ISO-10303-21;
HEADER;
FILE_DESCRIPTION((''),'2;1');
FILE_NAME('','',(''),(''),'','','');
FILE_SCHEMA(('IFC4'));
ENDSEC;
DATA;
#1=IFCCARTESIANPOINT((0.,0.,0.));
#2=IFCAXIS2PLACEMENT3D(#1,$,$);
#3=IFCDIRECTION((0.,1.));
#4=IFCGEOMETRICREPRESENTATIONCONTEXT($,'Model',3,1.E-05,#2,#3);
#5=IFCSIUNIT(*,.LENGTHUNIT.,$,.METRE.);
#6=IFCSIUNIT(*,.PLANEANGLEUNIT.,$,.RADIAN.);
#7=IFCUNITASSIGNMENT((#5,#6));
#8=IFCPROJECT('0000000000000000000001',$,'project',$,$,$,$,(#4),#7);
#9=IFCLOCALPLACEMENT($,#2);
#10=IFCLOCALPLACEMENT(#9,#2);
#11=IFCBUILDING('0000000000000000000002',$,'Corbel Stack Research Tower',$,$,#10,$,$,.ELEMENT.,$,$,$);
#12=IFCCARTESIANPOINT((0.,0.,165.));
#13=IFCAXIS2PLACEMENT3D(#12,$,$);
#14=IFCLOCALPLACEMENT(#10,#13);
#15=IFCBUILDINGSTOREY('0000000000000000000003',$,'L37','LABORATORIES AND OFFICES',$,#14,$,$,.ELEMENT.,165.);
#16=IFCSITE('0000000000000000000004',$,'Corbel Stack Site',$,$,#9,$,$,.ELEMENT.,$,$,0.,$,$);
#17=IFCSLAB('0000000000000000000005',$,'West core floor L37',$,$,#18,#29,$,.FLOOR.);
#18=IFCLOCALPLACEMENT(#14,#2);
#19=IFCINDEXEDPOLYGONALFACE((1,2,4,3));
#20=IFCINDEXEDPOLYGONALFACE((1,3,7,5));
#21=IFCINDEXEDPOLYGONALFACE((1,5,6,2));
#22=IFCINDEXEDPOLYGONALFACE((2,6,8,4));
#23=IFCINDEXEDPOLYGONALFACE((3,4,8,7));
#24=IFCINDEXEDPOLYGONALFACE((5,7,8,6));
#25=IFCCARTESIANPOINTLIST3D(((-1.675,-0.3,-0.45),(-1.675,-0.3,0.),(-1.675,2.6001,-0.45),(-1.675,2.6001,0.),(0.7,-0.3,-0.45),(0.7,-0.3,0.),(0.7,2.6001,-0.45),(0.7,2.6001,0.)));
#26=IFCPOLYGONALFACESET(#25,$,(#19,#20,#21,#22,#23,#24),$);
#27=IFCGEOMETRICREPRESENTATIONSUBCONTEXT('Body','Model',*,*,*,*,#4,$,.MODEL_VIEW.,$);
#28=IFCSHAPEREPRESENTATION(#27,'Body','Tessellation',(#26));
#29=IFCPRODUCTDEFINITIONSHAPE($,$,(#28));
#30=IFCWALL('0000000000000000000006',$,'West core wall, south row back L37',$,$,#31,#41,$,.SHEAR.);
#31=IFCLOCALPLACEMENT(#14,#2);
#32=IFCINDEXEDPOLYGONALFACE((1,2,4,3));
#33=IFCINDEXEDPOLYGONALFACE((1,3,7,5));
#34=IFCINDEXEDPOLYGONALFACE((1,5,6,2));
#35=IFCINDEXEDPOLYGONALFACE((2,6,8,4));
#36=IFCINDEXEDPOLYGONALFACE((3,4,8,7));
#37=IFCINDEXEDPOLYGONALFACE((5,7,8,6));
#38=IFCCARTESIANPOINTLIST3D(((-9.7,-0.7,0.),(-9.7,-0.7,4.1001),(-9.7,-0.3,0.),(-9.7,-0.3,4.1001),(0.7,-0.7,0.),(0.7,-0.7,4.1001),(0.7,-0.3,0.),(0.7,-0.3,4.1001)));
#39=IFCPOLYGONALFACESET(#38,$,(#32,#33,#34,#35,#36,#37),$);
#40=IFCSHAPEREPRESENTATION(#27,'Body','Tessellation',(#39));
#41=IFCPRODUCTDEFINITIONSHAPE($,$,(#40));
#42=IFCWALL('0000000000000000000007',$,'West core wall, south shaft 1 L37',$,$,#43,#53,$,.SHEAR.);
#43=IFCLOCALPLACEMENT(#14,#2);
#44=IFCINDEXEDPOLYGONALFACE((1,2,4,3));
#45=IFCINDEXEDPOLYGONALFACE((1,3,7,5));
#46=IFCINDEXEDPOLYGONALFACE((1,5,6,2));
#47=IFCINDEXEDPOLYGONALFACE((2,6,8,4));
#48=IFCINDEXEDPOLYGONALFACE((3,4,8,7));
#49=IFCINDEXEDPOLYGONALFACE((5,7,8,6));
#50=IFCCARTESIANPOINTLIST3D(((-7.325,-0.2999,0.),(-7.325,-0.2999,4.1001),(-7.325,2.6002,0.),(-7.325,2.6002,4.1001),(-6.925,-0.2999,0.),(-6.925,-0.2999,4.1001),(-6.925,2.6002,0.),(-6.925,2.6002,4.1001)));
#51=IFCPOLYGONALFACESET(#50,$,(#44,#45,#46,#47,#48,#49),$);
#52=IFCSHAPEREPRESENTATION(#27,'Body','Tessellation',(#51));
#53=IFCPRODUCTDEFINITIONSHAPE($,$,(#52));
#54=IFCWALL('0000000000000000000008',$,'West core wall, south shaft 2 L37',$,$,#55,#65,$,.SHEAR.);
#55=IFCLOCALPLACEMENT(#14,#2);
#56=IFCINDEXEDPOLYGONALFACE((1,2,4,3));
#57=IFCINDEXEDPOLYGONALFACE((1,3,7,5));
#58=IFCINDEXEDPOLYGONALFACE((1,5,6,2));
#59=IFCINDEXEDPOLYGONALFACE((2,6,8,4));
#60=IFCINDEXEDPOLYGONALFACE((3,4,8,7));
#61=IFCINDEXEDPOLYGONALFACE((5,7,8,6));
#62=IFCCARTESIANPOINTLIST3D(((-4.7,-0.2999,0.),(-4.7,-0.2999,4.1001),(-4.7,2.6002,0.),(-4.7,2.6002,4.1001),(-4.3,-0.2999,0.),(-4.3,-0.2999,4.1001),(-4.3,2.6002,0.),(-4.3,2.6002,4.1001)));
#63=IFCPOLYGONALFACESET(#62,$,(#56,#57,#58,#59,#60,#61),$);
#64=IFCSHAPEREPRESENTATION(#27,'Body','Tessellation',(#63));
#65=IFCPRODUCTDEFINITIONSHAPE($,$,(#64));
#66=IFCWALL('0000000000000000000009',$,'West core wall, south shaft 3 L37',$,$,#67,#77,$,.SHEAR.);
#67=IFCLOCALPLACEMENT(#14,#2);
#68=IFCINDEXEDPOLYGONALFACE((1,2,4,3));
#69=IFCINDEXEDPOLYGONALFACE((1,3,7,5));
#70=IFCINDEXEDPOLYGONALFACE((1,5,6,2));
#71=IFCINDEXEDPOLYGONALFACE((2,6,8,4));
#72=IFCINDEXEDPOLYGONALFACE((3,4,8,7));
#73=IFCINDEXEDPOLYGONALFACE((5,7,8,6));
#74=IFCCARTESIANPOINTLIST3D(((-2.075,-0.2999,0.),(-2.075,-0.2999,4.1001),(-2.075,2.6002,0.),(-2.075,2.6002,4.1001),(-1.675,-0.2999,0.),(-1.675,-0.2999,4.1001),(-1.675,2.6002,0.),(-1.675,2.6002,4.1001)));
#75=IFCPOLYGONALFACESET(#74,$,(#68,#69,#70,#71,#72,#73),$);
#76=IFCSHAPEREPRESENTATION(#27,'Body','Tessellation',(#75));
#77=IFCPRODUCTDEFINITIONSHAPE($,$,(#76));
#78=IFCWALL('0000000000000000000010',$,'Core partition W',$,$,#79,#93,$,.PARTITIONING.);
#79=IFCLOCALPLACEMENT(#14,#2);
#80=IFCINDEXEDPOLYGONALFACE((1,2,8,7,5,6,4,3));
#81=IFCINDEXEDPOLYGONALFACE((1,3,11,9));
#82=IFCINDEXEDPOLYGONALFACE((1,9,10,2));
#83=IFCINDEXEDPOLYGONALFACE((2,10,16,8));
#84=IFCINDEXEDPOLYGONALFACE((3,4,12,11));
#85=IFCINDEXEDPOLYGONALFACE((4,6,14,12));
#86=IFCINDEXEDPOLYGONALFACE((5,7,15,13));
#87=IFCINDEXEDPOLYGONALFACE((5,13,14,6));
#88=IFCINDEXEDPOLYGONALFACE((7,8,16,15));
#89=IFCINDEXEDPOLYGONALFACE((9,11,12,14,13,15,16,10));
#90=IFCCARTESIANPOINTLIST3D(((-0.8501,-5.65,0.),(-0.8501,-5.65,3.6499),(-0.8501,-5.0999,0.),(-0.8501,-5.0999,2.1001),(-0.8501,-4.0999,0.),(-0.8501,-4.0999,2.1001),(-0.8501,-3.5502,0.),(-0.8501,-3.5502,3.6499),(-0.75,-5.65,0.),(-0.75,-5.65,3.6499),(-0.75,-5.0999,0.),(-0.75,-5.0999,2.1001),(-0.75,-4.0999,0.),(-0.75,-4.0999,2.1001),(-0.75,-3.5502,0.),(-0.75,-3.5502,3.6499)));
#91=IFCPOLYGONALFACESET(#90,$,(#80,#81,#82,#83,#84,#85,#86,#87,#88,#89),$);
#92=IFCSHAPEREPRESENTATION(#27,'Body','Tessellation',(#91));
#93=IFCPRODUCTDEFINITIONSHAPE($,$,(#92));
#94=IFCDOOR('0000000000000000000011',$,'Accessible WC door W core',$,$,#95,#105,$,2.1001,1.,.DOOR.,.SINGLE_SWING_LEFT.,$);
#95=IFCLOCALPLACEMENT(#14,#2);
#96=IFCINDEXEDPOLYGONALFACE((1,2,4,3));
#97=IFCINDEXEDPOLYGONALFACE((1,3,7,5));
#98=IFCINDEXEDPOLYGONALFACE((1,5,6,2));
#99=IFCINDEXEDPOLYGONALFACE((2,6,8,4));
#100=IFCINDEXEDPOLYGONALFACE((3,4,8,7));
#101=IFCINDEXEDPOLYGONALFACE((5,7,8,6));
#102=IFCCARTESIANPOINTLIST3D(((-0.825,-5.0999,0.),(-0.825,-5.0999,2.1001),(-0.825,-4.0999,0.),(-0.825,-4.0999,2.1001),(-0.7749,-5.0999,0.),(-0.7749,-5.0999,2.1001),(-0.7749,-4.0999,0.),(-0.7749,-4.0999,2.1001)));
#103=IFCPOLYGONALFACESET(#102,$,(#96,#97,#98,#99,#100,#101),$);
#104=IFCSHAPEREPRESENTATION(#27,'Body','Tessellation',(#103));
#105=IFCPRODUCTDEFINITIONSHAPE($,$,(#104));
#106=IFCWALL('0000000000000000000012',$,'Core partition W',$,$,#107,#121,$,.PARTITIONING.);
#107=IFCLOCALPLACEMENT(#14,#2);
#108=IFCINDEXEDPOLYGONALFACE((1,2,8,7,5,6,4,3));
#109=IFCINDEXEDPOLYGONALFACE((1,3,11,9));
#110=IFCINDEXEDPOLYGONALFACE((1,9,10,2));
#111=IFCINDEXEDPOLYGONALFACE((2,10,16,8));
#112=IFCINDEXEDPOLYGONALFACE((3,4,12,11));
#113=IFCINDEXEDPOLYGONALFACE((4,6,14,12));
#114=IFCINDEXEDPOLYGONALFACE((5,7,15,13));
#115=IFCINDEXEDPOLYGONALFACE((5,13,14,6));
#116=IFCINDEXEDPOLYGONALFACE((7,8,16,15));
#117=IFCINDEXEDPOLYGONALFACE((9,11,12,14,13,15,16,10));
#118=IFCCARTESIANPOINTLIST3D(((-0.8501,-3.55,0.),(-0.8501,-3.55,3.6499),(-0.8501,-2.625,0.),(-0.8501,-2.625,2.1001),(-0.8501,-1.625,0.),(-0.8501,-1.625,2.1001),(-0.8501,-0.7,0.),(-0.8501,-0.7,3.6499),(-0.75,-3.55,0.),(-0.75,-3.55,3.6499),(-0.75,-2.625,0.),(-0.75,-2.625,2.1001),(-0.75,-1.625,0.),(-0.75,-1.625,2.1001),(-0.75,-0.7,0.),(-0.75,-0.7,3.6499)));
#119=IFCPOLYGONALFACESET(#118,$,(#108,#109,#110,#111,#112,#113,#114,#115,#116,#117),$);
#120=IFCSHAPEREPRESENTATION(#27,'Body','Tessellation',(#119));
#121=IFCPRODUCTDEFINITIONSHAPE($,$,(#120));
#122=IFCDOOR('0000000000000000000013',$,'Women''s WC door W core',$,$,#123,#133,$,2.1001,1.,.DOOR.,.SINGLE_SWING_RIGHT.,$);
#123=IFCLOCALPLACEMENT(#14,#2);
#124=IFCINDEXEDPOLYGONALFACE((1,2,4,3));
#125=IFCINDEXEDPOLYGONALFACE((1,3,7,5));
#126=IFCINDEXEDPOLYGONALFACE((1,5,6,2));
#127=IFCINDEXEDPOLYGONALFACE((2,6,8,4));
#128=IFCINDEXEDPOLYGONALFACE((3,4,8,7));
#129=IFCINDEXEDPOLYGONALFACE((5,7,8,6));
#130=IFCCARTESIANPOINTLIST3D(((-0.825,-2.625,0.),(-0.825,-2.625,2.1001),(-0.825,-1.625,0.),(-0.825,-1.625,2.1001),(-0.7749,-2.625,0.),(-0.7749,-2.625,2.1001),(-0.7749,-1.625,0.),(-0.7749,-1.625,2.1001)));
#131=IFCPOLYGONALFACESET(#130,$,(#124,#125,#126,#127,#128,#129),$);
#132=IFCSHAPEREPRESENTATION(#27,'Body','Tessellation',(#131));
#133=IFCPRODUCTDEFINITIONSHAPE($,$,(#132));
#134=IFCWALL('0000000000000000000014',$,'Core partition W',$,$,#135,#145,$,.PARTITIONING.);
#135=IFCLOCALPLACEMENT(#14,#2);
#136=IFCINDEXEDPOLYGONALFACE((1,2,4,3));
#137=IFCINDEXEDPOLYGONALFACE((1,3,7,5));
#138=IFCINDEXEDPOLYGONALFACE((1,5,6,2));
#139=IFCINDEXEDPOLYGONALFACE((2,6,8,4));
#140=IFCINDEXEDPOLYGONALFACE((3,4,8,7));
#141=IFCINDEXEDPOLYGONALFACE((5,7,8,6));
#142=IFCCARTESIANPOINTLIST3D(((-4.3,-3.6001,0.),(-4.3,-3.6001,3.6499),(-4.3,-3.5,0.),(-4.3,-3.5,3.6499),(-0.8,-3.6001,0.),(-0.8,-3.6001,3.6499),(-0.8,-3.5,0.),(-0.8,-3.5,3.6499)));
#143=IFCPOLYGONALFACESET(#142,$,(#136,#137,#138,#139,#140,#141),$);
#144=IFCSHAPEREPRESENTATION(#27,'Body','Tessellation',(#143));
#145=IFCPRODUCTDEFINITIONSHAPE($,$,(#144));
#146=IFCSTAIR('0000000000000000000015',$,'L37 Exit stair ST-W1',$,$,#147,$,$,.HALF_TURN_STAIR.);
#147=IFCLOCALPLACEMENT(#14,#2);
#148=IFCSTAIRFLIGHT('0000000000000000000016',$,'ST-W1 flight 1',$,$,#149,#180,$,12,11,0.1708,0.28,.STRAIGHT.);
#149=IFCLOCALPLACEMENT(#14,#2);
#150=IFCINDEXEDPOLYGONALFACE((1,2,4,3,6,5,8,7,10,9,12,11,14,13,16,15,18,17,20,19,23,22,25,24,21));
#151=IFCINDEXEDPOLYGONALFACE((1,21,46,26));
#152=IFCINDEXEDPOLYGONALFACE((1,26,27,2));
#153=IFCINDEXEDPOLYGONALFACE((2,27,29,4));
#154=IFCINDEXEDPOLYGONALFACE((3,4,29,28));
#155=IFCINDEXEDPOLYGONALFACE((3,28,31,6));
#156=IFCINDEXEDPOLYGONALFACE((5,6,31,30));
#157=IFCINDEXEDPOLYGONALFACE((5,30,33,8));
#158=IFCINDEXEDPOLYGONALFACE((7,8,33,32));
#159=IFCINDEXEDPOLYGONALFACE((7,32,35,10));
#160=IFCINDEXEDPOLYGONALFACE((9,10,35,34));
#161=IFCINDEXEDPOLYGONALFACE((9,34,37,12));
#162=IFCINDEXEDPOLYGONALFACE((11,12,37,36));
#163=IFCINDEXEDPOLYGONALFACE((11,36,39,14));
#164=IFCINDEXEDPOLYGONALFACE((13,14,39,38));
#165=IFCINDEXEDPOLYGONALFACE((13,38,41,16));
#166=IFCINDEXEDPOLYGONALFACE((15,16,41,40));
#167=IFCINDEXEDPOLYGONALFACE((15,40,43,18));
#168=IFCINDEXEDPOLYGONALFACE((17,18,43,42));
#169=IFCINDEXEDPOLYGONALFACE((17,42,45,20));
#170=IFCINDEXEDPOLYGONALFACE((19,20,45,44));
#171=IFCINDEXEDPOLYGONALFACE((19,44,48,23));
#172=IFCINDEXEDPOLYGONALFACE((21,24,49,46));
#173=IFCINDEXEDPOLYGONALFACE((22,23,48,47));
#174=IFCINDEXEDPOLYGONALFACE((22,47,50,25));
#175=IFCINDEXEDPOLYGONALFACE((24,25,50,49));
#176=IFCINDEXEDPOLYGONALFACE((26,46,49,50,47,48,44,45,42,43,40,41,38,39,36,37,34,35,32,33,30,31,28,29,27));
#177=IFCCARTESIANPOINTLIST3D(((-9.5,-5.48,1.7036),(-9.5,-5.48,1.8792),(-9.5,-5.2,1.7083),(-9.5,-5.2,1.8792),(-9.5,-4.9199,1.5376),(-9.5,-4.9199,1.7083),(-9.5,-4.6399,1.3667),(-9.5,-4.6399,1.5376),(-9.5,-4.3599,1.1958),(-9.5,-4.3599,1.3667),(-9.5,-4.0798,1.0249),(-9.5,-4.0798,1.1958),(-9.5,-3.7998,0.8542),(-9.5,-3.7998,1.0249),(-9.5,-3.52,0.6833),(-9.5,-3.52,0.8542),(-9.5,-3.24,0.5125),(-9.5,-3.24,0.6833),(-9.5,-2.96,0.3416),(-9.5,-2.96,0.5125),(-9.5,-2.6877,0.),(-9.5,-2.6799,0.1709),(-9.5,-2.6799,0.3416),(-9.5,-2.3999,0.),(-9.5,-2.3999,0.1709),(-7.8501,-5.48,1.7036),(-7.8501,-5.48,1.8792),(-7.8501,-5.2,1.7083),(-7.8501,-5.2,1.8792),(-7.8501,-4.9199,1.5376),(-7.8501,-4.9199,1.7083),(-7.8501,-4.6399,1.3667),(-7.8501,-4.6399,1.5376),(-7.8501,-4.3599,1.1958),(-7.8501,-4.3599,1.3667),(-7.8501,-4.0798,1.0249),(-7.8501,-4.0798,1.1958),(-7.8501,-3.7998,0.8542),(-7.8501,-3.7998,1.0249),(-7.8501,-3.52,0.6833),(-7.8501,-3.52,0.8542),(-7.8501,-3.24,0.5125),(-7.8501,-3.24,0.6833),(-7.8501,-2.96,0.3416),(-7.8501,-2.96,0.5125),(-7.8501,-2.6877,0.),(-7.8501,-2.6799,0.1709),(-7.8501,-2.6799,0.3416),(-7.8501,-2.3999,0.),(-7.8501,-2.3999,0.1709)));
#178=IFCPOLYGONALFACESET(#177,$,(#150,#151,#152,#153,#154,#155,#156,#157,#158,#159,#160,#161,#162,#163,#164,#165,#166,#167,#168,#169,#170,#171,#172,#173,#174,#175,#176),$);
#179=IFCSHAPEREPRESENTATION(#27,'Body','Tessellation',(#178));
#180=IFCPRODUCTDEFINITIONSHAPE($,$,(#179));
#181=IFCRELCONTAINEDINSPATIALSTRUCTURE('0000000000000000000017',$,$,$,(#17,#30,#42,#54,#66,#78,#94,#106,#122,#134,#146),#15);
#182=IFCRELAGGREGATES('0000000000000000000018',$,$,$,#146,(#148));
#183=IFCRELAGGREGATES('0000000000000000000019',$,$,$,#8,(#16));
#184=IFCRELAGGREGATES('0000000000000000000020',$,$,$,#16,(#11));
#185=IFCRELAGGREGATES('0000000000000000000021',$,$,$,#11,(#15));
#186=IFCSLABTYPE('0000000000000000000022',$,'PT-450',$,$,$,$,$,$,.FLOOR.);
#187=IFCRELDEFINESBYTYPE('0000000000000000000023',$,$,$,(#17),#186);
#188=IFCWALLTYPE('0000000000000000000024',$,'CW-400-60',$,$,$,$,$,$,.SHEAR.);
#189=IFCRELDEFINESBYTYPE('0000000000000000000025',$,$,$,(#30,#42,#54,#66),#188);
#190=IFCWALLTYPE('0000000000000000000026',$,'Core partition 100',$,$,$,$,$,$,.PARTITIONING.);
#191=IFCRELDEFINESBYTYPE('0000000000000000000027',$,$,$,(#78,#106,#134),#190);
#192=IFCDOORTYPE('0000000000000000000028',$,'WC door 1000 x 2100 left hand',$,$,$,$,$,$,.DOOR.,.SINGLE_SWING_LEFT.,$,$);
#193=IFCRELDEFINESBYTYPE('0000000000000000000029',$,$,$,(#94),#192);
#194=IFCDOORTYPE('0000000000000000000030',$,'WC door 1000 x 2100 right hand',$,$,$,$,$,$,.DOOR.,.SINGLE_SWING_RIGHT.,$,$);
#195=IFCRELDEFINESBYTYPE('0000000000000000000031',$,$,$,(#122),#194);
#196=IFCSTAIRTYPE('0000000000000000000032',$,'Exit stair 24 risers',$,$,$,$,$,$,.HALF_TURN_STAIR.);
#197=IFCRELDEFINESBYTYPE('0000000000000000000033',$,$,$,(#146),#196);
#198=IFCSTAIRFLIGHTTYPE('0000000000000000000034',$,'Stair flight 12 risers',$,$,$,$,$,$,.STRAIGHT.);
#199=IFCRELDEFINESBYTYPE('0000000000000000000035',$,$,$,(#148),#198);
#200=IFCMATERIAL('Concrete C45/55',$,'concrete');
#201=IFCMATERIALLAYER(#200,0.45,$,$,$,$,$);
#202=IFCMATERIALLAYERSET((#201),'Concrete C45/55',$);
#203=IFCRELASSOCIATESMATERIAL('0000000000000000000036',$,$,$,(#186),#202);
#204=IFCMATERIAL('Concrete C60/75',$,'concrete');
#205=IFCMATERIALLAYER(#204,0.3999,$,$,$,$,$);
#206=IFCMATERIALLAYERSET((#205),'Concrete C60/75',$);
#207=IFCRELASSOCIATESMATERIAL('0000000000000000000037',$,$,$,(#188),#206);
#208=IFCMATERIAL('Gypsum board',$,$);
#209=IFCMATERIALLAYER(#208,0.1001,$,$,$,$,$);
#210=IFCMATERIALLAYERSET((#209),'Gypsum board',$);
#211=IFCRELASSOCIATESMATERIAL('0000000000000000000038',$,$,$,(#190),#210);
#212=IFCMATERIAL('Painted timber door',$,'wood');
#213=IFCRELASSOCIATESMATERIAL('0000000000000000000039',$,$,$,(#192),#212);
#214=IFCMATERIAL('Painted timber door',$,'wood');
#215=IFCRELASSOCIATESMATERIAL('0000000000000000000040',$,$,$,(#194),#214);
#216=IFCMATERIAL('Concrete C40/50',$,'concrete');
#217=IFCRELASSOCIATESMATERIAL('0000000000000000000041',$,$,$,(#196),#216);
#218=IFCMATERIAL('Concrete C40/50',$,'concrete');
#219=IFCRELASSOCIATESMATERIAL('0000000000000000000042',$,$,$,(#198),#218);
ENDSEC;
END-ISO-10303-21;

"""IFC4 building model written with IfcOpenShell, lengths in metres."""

from ifc_helpers import new_model, si_unit, direction, frame, frame_2d, origin, place, context, subcontext, project, spatial, polyline, rectangle, outline, extrude, material, layer, layer_set, type_object, element, fill, aggregate, save


model = new_model("IFC4")

# Units and contexts
model_context = context("Model", 3, precision=1e-05, world=origin(), true_north=direction((0.0, 1.0)))
body_context = subcontext(model_context, "Body", "Model", "MODEL_VIEW")
ifc_project = project(units=[si_unit("LENGTHUNIT", "METRE"), si_unit("PLANEANGLEUNIT", "RADIAN")], contexts=[model_context])

# Site, building, storey
site_placement = place(None, origin())
site = spatial("IfcSite", under=ifc_project, at=site_placement, Name="Corbel Stack Site", CompositionType="ELEMENT", RefElevation=0.0)
building_placement = place(site_placement, origin())
building = spatial("IfcBuilding", under=site, at=building_placement, Name="Corbel Stack Research Tower", CompositionType="ELEMENT")
storey_placement = place(building_placement, frame((0.0, 0.0, 165.0)))
storey = spatial("IfcBuildingStorey", under=building, at=storey_placement, Name="L37", Description="LABORATORIES AND OFFICES", CompositionType="ELEMENT", Elevation=165.0)

# Slab
ifc_material_1 = material(Name="Concrete C45/55", Category="concrete")
ifc_layer_1 = layer(ifc_material_1, 0.45)
ifc_layer_set_1 = layer_set([ifc_layer_1], Name="Concrete C45/55")
slab_type = type_object("IfcSlabType", Name="PT-450", PredefinedType="FLOOR", material=ifc_layer_set_1)
slab_1_placement = place(storey_placement, frame((0.0, 0.0, -0.45)))
element("IfcSlab", 1, at=slab_1_placement, inside=storey, type_object=slab_type, Name="West core floor L37", PredefinedType="FLOOR", context=body_context, shape_type="SweptSolid", body=[
    extrude(outline(polyline([(0.7, -0.3), (0.7, 2.6001), (-1.675, 2.6001), (-1.675, -0.3), (0.7, -0.3)])), origin(), (0.0, 0.0, 1.0), 0.45),
])

# Walls
ifc_material_2 = material(Name="Concrete C60/75", Category="concrete")
ifc_layer_2 = layer(ifc_material_2, 0.3999)
ifc_layer_set_2 = layer_set([ifc_layer_2], Name="Concrete C60/75")
wall_type_1 = type_object("IfcWallType", Name="CW-400-60", PredefinedType="SHEAR", material=ifc_layer_set_2)
wall_1_placement = place(storey_placement, frame((-9.7, -0.5, 0.0), z_axis=(0.0, 0.0, 1.0), x_axis=(1.0, 0.0, 0.0)))
element("IfcWall", 2, at=wall_1_placement, inside=storey, type_object=wall_type_1, Name="West core wall, south row back L37", PredefinedType="SHEAR", context=body_context, shape_type="SweptSolid", body=[
    extrude(rectangle(XDim=10.3999, YDim=0.3999, at=frame_2d((5.2, 0.0))), origin(), (0.0, 0.0, 1.0), 4.1001),
])
for number, where, z_axis, x_axis, name in (
    (3, (-7.125, -0.3, 0.0), (0.0, 0.0, 1.0), (0.0, 1.0, 0.0), "West core wall, south shaft 1 L37"),
    (4, (-4.5, -0.3, 0.0), (0.0, 0.0, 1.0), (0.0, 1.0, 0.0), "West core wall, south shaft 2 L37"),
    (5, (-1.875, -0.3, 0.0), (0.0, 0.0, 1.0), (0.0, 1.0, 0.0), "West core wall, south shaft 3 L37"),
):
    element("IfcWall", number, at=place(storey_placement, frame(where, z_axis=z_axis, x_axis=x_axis)), inside=storey, type_object=wall_type_1, Name=name, PredefinedType="SHEAR", context=body_context, shape_type="SweptSolid", body=[
        extrude(rectangle(XDim=2.9001, YDim=0.3999, at=frame_2d((1.4502, 0.0))), origin(), (0.0, 0.0, 1.0), 4.1001),
    ])

# Walls, openings, doors
ifc_material_3 = material(Name="Gypsum board")
ifc_layer_3 = layer(ifc_material_3, 0.1001)
ifc_layer_set_3 = layer_set([ifc_layer_3], Name="Gypsum board")
wall_type_2 = type_object("IfcWallType", Name="Core partition 100", PredefinedType="PARTITIONING", material=ifc_layer_set_3)
wall_2_placement = place(storey_placement, frame((-0.8, -5.6499, 0.0), z_axis=(0.0, 0.0, 1.0), x_axis=(0.0, 1.0, 0.0)))
wall_2 = element("IfcWall", 6, at=wall_2_placement, inside=storey, type_object=wall_type_2, Name="Core partition W", PredefinedType="PARTITIONING", context=body_context, shape_type="SweptSolid", body=[
    extrude(rectangle(XDim=2.0999, YDim=0.1001, at=frame_2d((1.0498, 0.0))), origin(), (0.0, 0.0, 1.0), 3.6499),
])
opening_1_placement = place(wall_2_placement, frame((0.55, 0.0, 0.0)))
opening_1 = element("IfcOpeningElement", 7, at=opening_1_placement, cuts=wall_2, PredefinedType="OPENING", context=body_context, shape_type="SweptSolid", body=[
    extrude(rectangle(XDim=1.0, YDim=2.1001, at=frame_2d((0.5, 1.05))), frame((0.0, 0.0601, 0.0), z_axis=(0.0, -1.0, 0.0), x_axis=(1.0, 0.0, 0.0)), (0.0, 0.0, 1.0), 0.1201),
])
ifc_material_4 = material(Name="Painted timber door", Category="wood")
door_type_1 = type_object("IfcDoorType", Name="WC door 1000 x 2100 left hand", OperationType="SINGLE_SWING_LEFT", PredefinedType="DOOR", material=ifc_material_4)
door_1_placement = place(opening_1_placement, origin())
door_1 = element("IfcDoor", 8, at=door_1_placement, inside=storey, type_object=door_type_1, Name="Accessible WC door W core", OperationType="SINGLE_SWING_LEFT", OverallHeight=2.1001, OverallWidth=1.0, PredefinedType="DOOR", context=body_context, shape_type="SweptSolid", body=[
    extrude(rectangle(XDim=1.0, YDim=2.1001, at=frame_2d((0.5, 1.05))), frame((0.0, 0.0249, 0.0), z_axis=(0.0, -1.0, 0.0), x_axis=(1.0, 0.0, 0.0)), (0.0, 0.0, 1.0), 0.05),
])
fill(opening_1, door_1)
wall_3_placement = place(storey_placement, frame((-0.8, -3.55, 0.0), z_axis=(0.0, 0.0, 1.0), x_axis=(0.0, 1.0, 0.0)))
wall_3 = element("IfcWall", 9, at=wall_3_placement, inside=storey, type_object=wall_type_2, Name="Core partition W", PredefinedType="PARTITIONING", context=body_context, shape_type="SweptSolid", body=[
    extrude(rectangle(XDim=2.8501, YDim=0.1001, at=frame_2d((1.425, 0.0))), origin(), (0.0, 0.0, 1.0), 3.6499),
])
opening_2_placement = place(wall_3_placement, frame((0.925, 0.0, 0.0)))
opening_2 = element("IfcOpeningElement", 10, at=opening_2_placement, cuts=wall_3, PredefinedType="OPENING", context=body_context, shape_type="SweptSolid", body=[
    extrude(rectangle(XDim=1.0, YDim=2.1001, at=frame_2d((0.5, 1.05))), frame((0.0, 0.0601, 0.0), z_axis=(0.0, -1.0, 0.0), x_axis=(1.0, 0.0, 0.0)), (0.0, 0.0, 1.0), 0.1201),
])
ifc_material_5 = material(Name="Painted timber door", Category="wood")
door_type_2 = type_object("IfcDoorType", Name="WC door 1000 x 2100 right hand", OperationType="SINGLE_SWING_RIGHT", PredefinedType="DOOR", material=ifc_material_5)
door_2_placement = place(opening_2_placement, origin())
door_2 = element("IfcDoor", 11, at=door_2_placement, inside=storey, type_object=door_type_2, Name="Women's WC door W core", OperationType="SINGLE_SWING_RIGHT", OverallHeight=2.1001, OverallWidth=1.0, PredefinedType="DOOR", context=body_context, shape_type="SweptSolid", body=[
    extrude(rectangle(XDim=1.0, YDim=2.1001, at=frame_2d((0.5, 1.05))), frame((0.0, 0.0249, 0.0), z_axis=(0.0, -1.0, 0.0), x_axis=(1.0, 0.0, 0.0)), (0.0, 0.0, 1.0), 0.05),
])
fill(opening_2, door_2)

# Wall
wall_4_placement = place(storey_placement, frame((-4.3, -3.55, 0.0), z_axis=(0.0, 0.0, 1.0), x_axis=(1.0, 0.0, 0.0)))
element("IfcWall", 12, at=wall_4_placement, inside=storey, type_object=wall_type_2, Name="Core partition W", PredefinedType="PARTITIONING", context=body_context, shape_type="SweptSolid", body=[
    extrude(rectangle(XDim=3.5, YDim=0.1001, at=frame_2d((1.75, 0.0))), origin(), (0.0, 0.0, 1.0), 3.6499),
])

# Stair, stair flight
ifc_material_6 = material(Name="Concrete C40/50", Category="concrete")
stair_type = type_object("IfcStairType", Name="Exit stair 24 risers", PredefinedType="HALF_TURN_STAIR", material=ifc_material_6)
stair_placement = place(storey_placement, origin())
stair = element("IfcStair", 13, at=stair_placement, inside=storey, type_object=stair_type, Name="L37 Exit stair ST-W1", PredefinedType="HALF_TURN_STAIR")
ifc_material_7 = material(Name="Concrete C40/50", Category="concrete")
stair_flight_type = type_object("IfcStairFlightType", Name="Stair flight 12 risers", PredefinedType="STRAIGHT", material=ifc_material_7)
stair_flight_1_placement = place(storey_placement, frame((-8.675, -2.3999, 0.0), z_axis=(0.0, 0.0, 1.0), x_axis=(0.0, -1.0, 0.0)))
stair_flight_1 = element("IfcStairFlight", 14, at=stair_flight_1_placement, type_object=stair_flight_type, Name="ST-W1 flight 1", NumberOfRisers=12, NumberOfTreads=11, PredefinedType="STRAIGHT", RiserHeight=0.1708, TreadLength=0.28, context=body_context, shape_type="SweptSolid", body=[
    extrude(outline(polyline([(0.0, 0.0), (0.0, 0.1709), (0.28, 0.1709), (0.28, 0.3416), (0.5601, 0.3416), (0.5601, 0.5125), (0.8401, 0.5125), (0.8401, 0.6833), (1.1201, 0.6833), (1.1201, 0.8542), (1.3999, 0.8542), (1.3999, 1.0249), (1.6799, 1.0249), (1.6799, 1.1958), (1.96, 1.1958), (1.96, 1.3667), (2.24, 1.3667), (2.24, 1.5376), (2.52, 1.5376), (2.52, 1.7083), (2.8, 1.7083), (2.8, 1.8792), (3.0801, 1.8792), (3.0801, 2.05), (3.0801, 1.7036), (0.2878, 0.0), (0.0, 0.0)])), frame((0.0, 0.825, 0.0), z_axis=(0.0, -1.0, 0.0), x_axis=(1.0, 0.0, 0.0)), (0.0, 0.0, 1.0), 1.6499),
])
aggregate(stair, [stair_flight_1])

save(model, "model.ifc")
